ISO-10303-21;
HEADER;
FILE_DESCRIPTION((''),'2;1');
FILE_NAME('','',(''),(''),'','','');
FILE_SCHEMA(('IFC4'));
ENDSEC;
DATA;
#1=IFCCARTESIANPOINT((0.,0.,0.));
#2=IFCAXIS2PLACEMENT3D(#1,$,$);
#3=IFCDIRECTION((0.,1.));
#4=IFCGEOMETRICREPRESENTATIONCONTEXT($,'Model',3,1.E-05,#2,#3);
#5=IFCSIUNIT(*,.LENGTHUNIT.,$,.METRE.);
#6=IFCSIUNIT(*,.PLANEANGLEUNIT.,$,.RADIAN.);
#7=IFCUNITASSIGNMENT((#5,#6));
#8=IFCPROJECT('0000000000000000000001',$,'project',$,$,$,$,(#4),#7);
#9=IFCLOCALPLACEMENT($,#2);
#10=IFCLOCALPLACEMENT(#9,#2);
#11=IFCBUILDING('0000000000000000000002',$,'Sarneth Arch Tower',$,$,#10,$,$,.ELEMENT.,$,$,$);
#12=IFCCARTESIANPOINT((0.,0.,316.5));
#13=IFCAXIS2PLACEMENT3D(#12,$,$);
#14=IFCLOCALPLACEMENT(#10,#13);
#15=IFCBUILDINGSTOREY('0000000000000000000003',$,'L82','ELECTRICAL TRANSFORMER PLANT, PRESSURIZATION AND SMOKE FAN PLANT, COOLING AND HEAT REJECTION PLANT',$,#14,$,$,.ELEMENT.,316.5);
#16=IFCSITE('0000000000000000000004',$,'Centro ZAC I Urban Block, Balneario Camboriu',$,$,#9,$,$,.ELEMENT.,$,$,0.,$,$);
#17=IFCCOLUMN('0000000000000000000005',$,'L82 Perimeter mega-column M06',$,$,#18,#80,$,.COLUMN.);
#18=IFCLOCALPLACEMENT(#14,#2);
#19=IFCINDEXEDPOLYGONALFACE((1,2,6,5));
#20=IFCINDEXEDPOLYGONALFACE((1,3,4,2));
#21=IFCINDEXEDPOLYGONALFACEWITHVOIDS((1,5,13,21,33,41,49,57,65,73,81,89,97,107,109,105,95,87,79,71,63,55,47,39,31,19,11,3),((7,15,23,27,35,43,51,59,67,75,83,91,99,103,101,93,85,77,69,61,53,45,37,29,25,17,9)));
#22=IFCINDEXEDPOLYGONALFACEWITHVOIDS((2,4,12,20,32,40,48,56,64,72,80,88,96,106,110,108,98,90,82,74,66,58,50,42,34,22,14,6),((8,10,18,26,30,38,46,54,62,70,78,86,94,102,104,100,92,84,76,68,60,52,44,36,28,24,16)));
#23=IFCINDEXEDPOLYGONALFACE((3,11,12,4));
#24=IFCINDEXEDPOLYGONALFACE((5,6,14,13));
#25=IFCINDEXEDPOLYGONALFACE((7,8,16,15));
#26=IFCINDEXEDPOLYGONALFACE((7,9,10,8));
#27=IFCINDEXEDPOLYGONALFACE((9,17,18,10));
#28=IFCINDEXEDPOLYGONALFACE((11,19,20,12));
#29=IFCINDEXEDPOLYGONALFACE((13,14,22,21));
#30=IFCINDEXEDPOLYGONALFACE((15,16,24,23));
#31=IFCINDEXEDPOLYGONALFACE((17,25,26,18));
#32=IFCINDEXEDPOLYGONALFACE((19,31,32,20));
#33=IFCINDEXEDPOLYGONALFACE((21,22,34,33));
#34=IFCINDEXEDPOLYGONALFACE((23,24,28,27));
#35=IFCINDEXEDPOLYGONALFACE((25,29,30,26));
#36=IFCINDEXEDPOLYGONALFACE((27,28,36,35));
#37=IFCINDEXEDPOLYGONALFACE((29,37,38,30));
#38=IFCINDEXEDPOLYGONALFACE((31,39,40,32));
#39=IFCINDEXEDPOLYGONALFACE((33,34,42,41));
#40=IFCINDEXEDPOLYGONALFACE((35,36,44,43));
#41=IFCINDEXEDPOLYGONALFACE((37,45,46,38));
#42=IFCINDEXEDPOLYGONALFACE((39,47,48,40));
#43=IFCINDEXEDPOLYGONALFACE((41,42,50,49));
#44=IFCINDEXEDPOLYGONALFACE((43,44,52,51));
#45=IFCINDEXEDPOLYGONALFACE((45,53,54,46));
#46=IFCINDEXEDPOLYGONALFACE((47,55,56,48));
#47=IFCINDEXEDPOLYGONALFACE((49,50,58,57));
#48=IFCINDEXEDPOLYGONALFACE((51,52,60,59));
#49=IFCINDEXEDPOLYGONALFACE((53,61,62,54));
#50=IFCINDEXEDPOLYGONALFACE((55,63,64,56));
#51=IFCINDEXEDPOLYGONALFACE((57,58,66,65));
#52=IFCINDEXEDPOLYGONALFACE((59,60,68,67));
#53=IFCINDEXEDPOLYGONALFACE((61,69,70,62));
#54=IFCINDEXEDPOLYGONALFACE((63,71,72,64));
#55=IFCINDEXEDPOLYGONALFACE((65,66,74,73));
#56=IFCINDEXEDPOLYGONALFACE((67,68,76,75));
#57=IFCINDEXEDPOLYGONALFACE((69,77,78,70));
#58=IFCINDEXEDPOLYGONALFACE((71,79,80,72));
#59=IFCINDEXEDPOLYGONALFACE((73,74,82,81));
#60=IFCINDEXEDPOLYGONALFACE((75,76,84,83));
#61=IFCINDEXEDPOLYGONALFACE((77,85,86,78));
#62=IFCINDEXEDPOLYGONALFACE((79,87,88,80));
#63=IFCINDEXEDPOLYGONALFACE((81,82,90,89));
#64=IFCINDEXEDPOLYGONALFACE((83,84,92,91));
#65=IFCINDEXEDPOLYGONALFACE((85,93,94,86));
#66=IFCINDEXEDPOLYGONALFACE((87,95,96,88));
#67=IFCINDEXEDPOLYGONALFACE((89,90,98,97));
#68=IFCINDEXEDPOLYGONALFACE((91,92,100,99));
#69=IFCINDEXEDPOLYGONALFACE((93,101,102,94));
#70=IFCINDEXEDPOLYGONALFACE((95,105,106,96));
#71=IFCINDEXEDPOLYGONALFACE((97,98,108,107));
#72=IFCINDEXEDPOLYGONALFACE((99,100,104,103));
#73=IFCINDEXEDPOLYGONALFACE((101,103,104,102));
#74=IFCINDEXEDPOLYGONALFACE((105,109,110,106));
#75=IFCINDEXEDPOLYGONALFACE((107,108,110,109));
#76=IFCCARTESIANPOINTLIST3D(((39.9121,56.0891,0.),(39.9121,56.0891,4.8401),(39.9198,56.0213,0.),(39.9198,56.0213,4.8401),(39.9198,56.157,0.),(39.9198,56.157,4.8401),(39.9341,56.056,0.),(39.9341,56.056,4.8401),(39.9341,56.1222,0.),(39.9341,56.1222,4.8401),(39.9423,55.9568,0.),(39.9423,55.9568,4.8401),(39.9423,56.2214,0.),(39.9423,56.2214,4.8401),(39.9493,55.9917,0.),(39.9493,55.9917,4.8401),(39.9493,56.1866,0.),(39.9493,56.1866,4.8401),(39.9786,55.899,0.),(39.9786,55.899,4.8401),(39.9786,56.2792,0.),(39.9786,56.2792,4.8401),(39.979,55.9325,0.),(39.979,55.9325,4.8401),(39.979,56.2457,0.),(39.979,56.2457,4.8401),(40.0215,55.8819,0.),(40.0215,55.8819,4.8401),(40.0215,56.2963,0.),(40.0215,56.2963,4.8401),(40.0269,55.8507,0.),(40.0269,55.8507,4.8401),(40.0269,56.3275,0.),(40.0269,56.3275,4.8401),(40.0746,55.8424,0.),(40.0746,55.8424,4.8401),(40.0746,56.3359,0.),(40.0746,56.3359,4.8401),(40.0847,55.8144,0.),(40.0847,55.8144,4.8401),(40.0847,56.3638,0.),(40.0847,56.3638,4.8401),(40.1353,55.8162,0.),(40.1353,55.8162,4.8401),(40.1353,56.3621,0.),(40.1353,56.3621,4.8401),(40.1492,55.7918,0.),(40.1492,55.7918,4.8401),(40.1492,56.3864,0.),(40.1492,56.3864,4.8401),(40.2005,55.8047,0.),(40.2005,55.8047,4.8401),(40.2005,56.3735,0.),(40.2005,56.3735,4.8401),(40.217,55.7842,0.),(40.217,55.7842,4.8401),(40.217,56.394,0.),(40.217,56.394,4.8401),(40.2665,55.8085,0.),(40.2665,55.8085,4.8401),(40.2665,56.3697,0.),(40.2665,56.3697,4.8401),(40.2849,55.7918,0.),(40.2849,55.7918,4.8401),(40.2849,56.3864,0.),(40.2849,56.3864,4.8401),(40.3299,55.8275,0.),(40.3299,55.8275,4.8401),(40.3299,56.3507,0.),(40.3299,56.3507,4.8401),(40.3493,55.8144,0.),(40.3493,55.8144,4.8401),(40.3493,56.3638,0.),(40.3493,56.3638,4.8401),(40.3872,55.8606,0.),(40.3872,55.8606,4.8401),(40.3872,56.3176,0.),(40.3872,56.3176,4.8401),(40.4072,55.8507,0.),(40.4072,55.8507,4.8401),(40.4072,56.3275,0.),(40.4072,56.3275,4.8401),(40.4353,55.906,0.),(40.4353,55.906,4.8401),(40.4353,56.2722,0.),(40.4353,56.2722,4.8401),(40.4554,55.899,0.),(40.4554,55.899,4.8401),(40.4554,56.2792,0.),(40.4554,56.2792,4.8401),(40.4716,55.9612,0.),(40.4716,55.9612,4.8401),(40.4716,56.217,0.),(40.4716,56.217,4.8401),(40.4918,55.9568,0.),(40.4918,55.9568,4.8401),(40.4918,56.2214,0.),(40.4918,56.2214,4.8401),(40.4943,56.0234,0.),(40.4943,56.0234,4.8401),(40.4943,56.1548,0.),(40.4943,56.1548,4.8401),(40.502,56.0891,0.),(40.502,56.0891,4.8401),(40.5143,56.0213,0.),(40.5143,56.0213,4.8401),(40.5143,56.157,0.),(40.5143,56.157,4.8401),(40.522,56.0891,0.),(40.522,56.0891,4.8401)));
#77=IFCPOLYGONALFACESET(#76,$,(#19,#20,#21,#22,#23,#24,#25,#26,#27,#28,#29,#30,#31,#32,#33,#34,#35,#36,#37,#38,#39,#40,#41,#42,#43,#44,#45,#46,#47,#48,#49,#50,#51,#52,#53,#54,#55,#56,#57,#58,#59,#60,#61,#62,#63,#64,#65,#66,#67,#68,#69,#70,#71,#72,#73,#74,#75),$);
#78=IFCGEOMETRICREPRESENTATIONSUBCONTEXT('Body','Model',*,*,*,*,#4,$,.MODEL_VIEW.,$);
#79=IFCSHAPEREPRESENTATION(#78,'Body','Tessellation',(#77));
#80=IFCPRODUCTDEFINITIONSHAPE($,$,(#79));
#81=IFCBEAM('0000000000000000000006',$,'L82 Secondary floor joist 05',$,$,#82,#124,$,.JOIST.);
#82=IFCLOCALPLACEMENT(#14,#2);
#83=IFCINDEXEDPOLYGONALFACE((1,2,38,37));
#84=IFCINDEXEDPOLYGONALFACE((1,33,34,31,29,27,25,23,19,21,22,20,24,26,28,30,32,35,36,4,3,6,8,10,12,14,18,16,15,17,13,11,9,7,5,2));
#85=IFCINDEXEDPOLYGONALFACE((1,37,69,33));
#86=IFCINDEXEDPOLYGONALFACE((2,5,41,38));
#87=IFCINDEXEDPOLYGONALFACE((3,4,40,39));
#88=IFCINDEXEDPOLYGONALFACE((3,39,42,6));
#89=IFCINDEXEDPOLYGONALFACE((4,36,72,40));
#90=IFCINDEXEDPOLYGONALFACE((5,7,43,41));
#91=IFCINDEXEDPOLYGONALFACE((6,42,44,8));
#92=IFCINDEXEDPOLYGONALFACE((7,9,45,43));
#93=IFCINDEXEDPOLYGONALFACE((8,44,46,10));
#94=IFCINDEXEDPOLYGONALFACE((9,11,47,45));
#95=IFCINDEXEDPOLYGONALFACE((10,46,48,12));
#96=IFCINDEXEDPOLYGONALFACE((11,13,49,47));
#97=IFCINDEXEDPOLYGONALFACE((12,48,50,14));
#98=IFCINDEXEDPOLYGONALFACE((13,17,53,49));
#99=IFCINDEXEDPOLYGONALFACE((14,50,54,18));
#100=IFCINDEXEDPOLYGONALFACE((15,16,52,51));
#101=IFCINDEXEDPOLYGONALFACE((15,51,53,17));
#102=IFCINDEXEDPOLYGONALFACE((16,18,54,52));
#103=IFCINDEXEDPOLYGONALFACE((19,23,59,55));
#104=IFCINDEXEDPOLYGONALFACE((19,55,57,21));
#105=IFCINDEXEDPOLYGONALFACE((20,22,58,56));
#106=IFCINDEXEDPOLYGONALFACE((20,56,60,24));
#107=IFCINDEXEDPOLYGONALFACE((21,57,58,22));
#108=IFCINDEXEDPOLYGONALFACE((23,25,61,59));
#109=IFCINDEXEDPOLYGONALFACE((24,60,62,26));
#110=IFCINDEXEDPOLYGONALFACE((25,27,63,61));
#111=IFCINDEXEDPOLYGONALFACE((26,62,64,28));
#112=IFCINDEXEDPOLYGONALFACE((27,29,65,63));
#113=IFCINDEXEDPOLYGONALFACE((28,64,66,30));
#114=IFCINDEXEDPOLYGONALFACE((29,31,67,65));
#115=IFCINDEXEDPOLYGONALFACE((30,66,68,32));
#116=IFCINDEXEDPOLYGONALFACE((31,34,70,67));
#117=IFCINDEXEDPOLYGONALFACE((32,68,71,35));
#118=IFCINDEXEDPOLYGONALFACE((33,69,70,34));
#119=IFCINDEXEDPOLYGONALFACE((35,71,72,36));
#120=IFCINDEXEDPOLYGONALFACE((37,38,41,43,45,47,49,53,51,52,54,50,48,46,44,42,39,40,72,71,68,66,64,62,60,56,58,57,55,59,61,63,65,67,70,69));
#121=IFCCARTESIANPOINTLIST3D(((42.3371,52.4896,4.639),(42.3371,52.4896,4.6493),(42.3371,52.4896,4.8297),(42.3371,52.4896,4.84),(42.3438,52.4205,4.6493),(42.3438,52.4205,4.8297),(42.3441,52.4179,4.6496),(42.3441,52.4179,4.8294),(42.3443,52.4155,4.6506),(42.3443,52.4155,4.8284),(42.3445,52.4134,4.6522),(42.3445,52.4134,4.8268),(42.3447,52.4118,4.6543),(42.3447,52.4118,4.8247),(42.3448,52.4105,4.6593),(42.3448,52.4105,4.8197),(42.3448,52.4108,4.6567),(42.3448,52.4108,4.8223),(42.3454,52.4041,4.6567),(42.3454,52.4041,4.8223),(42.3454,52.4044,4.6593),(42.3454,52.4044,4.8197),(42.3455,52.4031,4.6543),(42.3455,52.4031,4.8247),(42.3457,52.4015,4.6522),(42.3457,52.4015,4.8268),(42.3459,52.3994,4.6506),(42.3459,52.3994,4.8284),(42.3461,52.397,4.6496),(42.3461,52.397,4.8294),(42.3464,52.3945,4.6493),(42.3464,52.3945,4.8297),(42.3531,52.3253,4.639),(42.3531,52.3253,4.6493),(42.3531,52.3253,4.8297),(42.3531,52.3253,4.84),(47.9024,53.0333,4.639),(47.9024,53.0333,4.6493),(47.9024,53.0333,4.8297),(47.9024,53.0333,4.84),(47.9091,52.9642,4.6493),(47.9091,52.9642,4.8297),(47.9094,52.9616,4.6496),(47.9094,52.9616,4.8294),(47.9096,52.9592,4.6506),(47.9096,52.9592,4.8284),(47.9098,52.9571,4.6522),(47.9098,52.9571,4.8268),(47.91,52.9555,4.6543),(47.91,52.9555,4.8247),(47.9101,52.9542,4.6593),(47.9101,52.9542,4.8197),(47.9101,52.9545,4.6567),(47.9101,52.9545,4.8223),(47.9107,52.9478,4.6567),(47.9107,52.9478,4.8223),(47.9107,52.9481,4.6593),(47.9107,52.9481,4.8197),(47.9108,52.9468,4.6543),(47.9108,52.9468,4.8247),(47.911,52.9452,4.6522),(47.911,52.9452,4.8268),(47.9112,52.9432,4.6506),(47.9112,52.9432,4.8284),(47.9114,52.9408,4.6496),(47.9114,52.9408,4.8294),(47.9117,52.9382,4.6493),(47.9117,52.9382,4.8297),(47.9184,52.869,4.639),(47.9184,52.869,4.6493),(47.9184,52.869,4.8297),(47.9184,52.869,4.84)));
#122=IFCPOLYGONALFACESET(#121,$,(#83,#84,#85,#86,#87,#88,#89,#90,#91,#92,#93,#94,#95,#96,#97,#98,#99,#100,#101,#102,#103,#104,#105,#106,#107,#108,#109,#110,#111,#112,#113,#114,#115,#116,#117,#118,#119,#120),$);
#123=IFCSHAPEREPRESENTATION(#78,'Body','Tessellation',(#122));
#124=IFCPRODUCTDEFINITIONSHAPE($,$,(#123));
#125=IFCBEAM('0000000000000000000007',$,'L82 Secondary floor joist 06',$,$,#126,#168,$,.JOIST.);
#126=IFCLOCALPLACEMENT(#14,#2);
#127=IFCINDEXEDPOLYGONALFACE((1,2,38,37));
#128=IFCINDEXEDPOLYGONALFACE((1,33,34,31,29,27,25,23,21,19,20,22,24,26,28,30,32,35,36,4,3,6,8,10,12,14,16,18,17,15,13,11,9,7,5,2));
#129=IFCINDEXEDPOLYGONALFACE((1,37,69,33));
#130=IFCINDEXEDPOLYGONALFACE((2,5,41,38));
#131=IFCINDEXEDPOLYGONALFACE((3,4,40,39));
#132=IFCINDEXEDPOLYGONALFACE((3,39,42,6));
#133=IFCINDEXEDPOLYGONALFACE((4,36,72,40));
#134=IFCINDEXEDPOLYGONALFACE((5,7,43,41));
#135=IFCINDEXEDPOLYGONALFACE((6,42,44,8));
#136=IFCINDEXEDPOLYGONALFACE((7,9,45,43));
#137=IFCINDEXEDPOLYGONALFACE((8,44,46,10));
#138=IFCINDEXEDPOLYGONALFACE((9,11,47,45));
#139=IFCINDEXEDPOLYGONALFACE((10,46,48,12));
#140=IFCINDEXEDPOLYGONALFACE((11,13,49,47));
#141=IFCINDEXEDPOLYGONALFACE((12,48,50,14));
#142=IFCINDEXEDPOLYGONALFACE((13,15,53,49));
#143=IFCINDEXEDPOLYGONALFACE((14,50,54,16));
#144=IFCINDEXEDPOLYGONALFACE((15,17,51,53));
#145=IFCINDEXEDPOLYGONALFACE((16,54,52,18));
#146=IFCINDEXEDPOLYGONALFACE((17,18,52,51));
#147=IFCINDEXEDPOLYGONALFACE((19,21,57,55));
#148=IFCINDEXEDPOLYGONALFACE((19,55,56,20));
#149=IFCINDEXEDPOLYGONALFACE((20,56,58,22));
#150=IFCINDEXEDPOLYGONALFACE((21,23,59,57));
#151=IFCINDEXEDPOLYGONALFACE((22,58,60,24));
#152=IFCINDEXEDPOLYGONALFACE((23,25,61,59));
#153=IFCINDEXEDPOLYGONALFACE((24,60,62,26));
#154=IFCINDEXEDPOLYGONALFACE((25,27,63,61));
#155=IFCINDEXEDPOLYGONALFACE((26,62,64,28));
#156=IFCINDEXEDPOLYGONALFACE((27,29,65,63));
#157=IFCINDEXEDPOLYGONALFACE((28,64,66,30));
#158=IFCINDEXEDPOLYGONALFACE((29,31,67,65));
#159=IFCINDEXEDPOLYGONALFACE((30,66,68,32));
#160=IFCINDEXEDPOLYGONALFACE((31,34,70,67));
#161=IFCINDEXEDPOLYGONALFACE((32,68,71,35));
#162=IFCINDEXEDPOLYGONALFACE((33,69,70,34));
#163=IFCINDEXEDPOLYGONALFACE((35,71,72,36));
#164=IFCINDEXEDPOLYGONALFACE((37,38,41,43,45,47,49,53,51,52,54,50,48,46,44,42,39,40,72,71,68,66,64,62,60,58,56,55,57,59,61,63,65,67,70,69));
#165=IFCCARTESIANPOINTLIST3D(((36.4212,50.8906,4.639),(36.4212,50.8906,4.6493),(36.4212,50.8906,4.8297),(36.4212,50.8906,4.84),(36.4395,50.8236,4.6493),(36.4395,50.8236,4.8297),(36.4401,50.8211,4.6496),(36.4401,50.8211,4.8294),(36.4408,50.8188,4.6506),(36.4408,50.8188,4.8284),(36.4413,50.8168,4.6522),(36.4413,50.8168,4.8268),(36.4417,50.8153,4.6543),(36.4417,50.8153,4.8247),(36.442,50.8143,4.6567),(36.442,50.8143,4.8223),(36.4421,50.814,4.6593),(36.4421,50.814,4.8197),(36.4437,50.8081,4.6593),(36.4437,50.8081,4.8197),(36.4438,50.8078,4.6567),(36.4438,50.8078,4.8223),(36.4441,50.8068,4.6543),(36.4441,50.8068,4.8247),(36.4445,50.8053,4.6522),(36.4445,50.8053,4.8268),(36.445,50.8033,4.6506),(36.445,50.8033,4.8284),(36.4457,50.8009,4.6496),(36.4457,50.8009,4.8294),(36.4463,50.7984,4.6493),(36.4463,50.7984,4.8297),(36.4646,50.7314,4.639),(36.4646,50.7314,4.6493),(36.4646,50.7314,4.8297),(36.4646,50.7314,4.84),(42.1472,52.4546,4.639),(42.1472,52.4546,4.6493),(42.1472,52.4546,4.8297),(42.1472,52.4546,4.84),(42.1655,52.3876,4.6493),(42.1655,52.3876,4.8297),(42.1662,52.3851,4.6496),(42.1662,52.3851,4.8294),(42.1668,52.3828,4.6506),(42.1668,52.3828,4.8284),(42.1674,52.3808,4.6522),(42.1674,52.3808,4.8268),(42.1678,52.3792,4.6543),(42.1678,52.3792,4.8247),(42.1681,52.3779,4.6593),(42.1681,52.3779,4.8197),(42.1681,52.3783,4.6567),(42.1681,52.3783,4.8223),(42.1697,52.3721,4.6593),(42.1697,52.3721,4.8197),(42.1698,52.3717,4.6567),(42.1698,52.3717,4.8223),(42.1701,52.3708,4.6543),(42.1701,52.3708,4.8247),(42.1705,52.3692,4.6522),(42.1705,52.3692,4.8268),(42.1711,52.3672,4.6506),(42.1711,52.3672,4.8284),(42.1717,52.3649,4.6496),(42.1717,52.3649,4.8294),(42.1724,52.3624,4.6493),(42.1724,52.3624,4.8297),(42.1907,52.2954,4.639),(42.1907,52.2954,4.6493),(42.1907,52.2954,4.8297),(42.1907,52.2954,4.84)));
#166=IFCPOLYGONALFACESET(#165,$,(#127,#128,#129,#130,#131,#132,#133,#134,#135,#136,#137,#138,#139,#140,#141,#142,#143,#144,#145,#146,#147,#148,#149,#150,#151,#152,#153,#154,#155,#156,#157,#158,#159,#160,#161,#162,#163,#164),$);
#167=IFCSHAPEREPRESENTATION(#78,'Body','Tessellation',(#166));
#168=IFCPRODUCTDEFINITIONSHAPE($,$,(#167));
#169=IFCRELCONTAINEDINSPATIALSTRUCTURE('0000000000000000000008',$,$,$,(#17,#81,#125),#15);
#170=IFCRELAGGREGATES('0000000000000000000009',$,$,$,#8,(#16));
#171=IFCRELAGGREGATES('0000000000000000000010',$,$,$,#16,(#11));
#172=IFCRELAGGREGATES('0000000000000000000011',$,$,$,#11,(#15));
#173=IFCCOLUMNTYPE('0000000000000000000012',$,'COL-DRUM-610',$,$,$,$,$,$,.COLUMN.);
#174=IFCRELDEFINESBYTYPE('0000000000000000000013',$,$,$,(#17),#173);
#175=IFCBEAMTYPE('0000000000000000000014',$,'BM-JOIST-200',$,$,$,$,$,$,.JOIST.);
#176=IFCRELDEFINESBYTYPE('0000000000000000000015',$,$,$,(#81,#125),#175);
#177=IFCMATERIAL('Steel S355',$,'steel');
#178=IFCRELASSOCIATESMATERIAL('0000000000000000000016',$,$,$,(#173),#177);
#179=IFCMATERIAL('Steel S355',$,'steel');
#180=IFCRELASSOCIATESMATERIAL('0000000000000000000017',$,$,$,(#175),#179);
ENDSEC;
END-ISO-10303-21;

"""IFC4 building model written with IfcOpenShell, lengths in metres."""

from ifc_helpers import new_model, si_unit, direction, frame, origin, origin_2d, place, context, subcontext, project, spatial, hollow_circle, i_section, extrude, material, material_profile, profile_set, type_object, element, save


model = new_model("IFC4")

# Units and contexts
model_context = context("Model", 3, precision=1e-05, world=origin(), true_north=direction((0.0, 1.0)))
body_context = subcontext(model_context, "Body", "Model", "MODEL_VIEW")
ifc_project = project(units=[si_unit("LENGTHUNIT", "METRE"), si_unit("PLANEANGLEUNIT", "RADIAN")], contexts=[model_context])

# Site, building, storey
site_placement = place(None, origin())
site = spatial("IfcSite", under=ifc_project, at=site_placement, Name="Centro ZAC I Urban Block, Balneario Camboriu", CompositionType="ELEMENT", RefElevation=0.0)
building_placement = place(site_placement, origin())
building = spatial("IfcBuilding", under=site, at=building_placement, Name="Sarneth Arch Tower", CompositionType="ELEMENT")
storey_placement = place(building_placement, frame((0.0, 0.0, 316.5)))
storey = spatial("IfcBuildingStorey", under=building, at=storey_placement, Name="L82", Description="ELECTRICAL TRANSFORMER PLANT, PRESSURIZATION AND SMOKE FAN PLANT, COOLING AND HEAT REJECTION PLANT", CompositionType="ELEMENT", Elevation=316.5)

# Column
ifc_material_1 = material(Name="Steel S355", Category="steel")
ifc_material_profile_1 = material_profile(ifc_material_1, hollow_circle(Radius=0.3049, WallThickness=0.02, at=origin_2d()), Name="CHS610x20")
ifc_profile_set_1 = profile_set([ifc_material_profile_1], Name="Steel S355")
column_type = type_object("IfcColumnType", Name="COL-DRUM-610", PredefinedType="COLUMN", material=ifc_profile_set_1)
column_placement = place(storey_placement, frame((40.217, 56.0891, 0.0), z_axis=(0.0, 0.0, 1.0), x_axis=(1.0, 0.0, 0.0)))
element("IfcColumn", 1, at=column_placement, inside=storey, type_object=column_type, Name="L82 Perimeter mega-column M06", PredefinedType="COLUMN", context=body_context, shape_type="SweptSolid", body=[
    extrude(hollow_circle(Radius=0.3049, WallThickness=0.02, at=origin_2d()), origin(), (0.0, 0.0, 1.0), 4.8401),
])

# Beams
ifc_material_2 = material(Name="Steel S355", Category="steel")
ifc_material_profile_2 = material_profile(ifc_material_2, i_section(OverallWidth=0.165, OverallDepth=0.2009, WebThickness=0.0061, FlangeThickness=0.0103, FilletRadius=0.01, at=origin_2d()), Name="W200x35.9")
ifc_profile_set_2 = profile_set([ifc_material_profile_2], Name="Steel S355")
beam_type_1 = type_object("IfcBeamType", Name="BM-JOIST-200", PredefinedType="JOIST", material=ifc_profile_set_2)
beam_1_placement = place(storey_placement, frame((47.9104, 52.9512, 4.7395), z_axis=(-0.995262, -0.097234, 0.0), x_axis=(0.097234, -0.995262, 0.0)))
element("IfcBeam", 2, at=beam_1_placement, inside=storey, type_object=beam_type_1, Name="L82 Secondary floor joist 05", PredefinedType="JOIST", context=body_context, shape_type="SweptSolid", body=[
    extrude(i_section(OverallWidth=0.165, OverallDepth=0.2009, WebThickness=0.0061, FlangeThickness=0.0103, FilletRadius=0.01, at=origin_2d()), origin(), (0.0, 0.0, 1.0), 5.5918),
])
beam_2_placement = place(storey_placement, frame((42.1689, 52.375, 4.7395), z_axis=(-0.964665, -0.263479, 0.0), x_axis=(0.263479, -0.964665, 0.0)))
element("IfcBeam", 3, at=beam_2_placement, inside=storey, type_object=beam_type_1, Name="L82 Secondary floor joist 06", PredefinedType="JOIST", context=body_context, shape_type="SweptSolid", body=[
    extrude(i_section(OverallWidth=0.165, OverallDepth=0.2009, WebThickness=0.0061, FlangeThickness=0.0103, FilletRadius=0.01, at=origin_2d()), origin(), (0.0, 0.0, 1.0), 5.9358),
])

save(model, "model.ifc")
